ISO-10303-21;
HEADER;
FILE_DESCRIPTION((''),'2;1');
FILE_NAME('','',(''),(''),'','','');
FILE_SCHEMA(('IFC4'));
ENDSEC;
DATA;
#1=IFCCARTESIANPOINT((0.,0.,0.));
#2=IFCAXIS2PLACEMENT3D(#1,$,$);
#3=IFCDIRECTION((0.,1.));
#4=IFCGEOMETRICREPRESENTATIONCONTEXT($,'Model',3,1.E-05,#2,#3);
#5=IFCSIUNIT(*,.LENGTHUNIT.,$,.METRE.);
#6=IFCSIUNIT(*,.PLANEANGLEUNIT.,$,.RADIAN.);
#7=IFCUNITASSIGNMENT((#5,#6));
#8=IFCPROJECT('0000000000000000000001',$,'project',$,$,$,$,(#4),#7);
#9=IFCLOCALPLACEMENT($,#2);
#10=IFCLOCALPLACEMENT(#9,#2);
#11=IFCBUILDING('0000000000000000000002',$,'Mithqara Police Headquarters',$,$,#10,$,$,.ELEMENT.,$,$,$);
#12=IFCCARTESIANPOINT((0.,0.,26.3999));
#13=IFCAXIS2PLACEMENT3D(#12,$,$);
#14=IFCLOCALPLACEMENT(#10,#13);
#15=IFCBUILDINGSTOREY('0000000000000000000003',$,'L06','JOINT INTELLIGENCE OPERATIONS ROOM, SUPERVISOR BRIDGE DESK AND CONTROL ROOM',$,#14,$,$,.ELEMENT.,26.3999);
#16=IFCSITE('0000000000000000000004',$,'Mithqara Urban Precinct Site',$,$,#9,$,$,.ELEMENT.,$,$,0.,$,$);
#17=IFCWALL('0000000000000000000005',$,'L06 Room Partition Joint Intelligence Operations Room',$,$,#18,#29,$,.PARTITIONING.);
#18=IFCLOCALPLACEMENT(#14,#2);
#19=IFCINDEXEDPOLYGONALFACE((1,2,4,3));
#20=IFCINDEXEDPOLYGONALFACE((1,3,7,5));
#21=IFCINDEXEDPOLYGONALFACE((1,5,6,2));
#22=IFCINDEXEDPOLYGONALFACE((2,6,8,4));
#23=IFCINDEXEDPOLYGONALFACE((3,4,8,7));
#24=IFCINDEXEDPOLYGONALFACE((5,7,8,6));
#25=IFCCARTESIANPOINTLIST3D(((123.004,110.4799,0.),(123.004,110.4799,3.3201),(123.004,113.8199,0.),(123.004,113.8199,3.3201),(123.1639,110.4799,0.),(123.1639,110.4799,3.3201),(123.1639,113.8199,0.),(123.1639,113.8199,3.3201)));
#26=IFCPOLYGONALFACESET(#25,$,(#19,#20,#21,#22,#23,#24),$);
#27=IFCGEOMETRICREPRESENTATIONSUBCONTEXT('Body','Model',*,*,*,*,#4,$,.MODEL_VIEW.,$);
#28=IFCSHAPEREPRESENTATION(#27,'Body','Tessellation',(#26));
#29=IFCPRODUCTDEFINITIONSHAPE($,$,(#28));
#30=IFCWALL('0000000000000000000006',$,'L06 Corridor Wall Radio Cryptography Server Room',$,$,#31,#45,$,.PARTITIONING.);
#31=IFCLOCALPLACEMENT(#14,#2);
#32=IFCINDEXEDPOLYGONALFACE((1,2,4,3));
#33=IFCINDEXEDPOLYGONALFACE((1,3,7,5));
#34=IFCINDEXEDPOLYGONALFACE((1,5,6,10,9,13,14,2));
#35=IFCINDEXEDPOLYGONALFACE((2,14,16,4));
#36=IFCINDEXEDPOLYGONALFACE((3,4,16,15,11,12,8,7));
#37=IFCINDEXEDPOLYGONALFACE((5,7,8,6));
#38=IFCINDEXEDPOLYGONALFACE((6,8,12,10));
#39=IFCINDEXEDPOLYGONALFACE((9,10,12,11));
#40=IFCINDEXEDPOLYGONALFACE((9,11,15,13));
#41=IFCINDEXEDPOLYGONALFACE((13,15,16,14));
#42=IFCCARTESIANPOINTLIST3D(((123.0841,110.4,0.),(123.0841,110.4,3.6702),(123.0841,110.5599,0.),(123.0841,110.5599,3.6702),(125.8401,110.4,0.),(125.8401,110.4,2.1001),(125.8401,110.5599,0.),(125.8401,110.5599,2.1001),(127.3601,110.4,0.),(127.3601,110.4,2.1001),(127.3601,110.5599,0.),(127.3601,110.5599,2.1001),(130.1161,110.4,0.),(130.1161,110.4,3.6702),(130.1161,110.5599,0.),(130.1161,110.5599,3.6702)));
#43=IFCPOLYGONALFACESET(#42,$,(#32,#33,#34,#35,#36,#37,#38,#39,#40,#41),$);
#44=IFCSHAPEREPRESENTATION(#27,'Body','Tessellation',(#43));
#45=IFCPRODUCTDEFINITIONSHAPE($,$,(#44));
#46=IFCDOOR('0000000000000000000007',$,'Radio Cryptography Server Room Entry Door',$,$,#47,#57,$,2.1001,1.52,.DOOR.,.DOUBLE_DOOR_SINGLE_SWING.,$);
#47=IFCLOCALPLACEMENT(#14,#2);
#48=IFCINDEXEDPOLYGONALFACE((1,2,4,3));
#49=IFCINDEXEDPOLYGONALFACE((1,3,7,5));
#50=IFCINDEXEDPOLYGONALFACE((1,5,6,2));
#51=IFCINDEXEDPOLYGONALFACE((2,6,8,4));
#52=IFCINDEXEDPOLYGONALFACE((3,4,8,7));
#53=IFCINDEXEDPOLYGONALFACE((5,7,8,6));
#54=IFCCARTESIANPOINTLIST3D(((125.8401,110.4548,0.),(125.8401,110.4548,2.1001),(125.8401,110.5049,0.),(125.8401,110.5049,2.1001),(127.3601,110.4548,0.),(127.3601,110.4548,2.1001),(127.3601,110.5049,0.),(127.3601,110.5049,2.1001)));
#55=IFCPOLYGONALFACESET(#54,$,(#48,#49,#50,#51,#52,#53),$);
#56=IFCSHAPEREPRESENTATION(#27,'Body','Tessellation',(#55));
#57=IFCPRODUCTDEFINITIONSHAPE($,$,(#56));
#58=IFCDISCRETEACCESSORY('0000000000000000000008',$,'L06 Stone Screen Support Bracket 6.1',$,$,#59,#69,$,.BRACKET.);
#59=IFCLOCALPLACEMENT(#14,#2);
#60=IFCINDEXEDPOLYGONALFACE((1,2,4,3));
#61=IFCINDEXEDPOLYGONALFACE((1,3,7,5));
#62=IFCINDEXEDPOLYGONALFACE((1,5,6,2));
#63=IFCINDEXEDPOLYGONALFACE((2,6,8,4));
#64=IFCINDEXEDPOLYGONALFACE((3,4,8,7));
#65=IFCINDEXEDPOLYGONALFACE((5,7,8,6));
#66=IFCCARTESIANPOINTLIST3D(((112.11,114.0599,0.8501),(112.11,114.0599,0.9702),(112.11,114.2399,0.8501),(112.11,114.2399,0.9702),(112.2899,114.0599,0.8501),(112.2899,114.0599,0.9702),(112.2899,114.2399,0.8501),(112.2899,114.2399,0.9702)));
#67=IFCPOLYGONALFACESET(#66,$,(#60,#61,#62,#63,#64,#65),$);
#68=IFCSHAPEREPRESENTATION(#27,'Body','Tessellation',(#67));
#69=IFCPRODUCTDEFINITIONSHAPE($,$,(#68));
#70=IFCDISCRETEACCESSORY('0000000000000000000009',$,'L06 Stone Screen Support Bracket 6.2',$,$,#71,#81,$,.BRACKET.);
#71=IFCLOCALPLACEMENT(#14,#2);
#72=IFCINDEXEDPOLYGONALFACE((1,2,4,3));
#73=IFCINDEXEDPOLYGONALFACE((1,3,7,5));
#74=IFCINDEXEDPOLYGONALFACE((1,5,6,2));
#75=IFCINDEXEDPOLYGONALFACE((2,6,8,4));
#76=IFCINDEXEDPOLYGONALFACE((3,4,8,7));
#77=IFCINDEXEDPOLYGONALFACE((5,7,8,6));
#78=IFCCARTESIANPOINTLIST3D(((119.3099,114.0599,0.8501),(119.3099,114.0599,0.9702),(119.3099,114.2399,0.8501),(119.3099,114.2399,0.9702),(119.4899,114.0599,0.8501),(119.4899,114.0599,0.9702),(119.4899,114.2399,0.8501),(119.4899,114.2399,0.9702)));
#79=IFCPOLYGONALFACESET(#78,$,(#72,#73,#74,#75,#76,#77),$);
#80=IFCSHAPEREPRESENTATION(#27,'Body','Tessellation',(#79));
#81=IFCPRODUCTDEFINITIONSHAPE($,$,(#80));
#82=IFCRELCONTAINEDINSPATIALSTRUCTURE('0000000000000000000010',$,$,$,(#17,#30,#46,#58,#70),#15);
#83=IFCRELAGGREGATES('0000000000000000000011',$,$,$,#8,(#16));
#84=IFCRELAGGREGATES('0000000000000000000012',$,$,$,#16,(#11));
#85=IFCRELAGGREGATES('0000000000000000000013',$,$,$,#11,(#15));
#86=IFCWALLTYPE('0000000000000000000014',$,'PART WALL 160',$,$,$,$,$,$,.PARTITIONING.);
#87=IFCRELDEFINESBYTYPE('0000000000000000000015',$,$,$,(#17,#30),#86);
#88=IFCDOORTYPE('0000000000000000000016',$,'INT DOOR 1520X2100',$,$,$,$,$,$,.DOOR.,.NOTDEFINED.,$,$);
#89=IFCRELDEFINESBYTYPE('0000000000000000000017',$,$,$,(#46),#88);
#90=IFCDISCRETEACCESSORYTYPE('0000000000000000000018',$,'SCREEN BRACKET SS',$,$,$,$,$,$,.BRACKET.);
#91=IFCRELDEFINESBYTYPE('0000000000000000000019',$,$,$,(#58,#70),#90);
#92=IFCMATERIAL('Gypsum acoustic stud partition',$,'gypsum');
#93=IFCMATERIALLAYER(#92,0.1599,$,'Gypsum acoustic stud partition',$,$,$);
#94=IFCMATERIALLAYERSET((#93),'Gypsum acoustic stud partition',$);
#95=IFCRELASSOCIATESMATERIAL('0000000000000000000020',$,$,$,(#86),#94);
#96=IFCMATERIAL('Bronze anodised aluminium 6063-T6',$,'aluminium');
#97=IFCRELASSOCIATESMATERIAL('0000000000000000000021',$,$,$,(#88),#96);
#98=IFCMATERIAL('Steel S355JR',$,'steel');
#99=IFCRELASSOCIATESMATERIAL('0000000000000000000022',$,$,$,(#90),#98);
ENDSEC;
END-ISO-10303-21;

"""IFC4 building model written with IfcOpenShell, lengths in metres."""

from ifc_helpers import new_model, si_unit, direction, frame, frame_2d, origin, origin_2d, place, context, subcontext, project, spatial, rectangle, extrude, material, layer, layer_set, type_object, element, fill, save


model = new_model("IFC4")

# Units and contexts
model_context = context("Model", 3, precision=1e-05, world=origin(), true_north=direction((0.0, 1.0)))
body_context = subcontext(model_context, "Body", "Model", "MODEL_VIEW")
ifc_project = project(units=[si_unit("LENGTHUNIT", "METRE"), si_unit("PLANEANGLEUNIT", "RADIAN")], contexts=[model_context])

# Site, building, storey
site_placement = place(None, origin())
site = spatial("IfcSite", under=ifc_project, at=site_placement, Name="Mithqara Urban Precinct Site", CompositionType="ELEMENT", RefElevation=0.0)
building_placement = place(site_placement, origin())
building = spatial("IfcBuilding", under=site, at=building_placement, Name="Mithqara Police Headquarters", CompositionType="ELEMENT")
storey_placement = place(building_placement, frame((0.0, 0.0, 26.3999)))
storey = spatial("IfcBuildingStorey", under=building, at=storey_placement, Name="L06", Description="JOINT INTELLIGENCE OPERATIONS ROOM, SUPERVISOR BRIDGE DESK AND CONTROL ROOM", CompositionType="ELEMENT", Elevation=26.3999)

# Shared definitions
ifc_material_1 = material(Name="Steel S355JR", Category="steel")

# Shared definitions
ifc_material_2 = material(Name="Gypsum acoustic stud partition", Category="gypsum")
ifc_layer_1 = layer(ifc_material_2, 0.1599, Name="Gypsum acoustic stud partition")
ifc_layer_set_1 = layer_set([ifc_layer_1], Name="Gypsum acoustic stud partition")
wall_type = type_object("IfcWallType", Name="PART WALL 160", PredefinedType="PARTITIONING", material=ifc_layer_set_1)

# Shared definitions
ifc_material_3 = material(Name="Bronze anodised aluminium 6063-T6", Category="aluminium")

# Wall
wall_1_placement = place(storey_placement, frame((123.084, 110.48, 0.0), z_axis=(0.0, 0.0, 1.0), x_axis=(0.0, 1.0, 0.0)))
element("IfcWall", 1, at=wall_1_placement, inside=storey, type_object=wall_type, Name="L06 Room Partition Joint Intelligence Operations Room", PredefinedType="PARTITIONING", context=body_context, shape_type="SweptSolid", body=[
    extrude(rectangle(XDim=3.3401, YDim=0.1599, at=frame_2d((1.6699, 0.0))), origin(), (0.0, 0.0, 1.0), 3.3201),
])

# Wall, opening, door
wall_2_placement = place(storey_placement, frame((123.084, 110.48, 0.0), z_axis=(0.0, 0.0, 1.0), x_axis=(1.0, 0.0, 0.0)))
wall_2 = element("IfcWall", 2, at=wall_2_placement, inside=storey, type_object=wall_type, Name="L06 Corridor Wall Radio Cryptography Server Room", PredefinedType="PARTITIONING", context=body_context, shape_type="SweptSolid", body=[
    extrude(rectangle(XDim=7.032, YDim=0.1599, at=frame_2d((3.5161, 0.0))), origin(), (0.0, 0.0, 1.0), 3.6702),
])
opening_1_placement = place(wall_2_placement, frame((2.7561, 0.0, 0.0)))
opening_1 = element("IfcOpeningElement", 3, at=opening_1_placement, cuts=wall_2, PredefinedType="OPENING", context=body_context, shape_type="SweptSolid", body=[
    extrude(rectangle(XDim=1.52, YDim=2.1001, at=frame_2d((0.76, 1.05))), frame((0.0, 0.0898, 0.0), z_axis=(0.0, -1.0, 0.0), x_axis=(1.0, 0.0, 0.0)), (0.0, 0.0, 1.0), 0.1799),
])
door_type_1 = type_object("IfcDoorType", Name="INT DOOR 1520X2100", OperationType="NOTDEFINED", PredefinedType="DOOR", material=ifc_material_3)
door_1_placement = place(opening_1_placement, origin())
door_1 = element("IfcDoor", 4, at=door_1_placement, inside=storey, type_object=door_type_1, Name="Radio Cryptography Server Room Entry Door", OperationType="DOUBLE_DOOR_SINGLE_SWING", OverallHeight=2.1001, OverallWidth=1.52, PredefinedType="DOOR", context=body_context, shape_type="SweptSolid", body=[
    extrude(rectangle(XDim=1.52, YDim=2.1001, at=frame_2d((0.76, 1.05))), frame((0.0, 0.0249, 0.0), z_axis=(0.0, -1.0, 0.0), x_axis=(1.0, 0.0, 0.0)), (0.0, 0.0, 1.0), 0.05),
])
fill(opening_1, door_1)

# Discrete accessories
discrete_accessory_type = type_object("IfcDiscreteAccessoryType", Name="SCREEN BRACKET SS", PredefinedType="BRACKET", material=ifc_material_1)
for number, where, z_axis, x_axis, name in (
    (5, (112.2, 114.1499, 0.8501), (0.0, 0.0, 1.0), (1.0, 0.0, 0.0), "L06 Stone Screen Support Bracket 6.1"),
    (6, (119.3999, 114.1499, 0.8501), (0.0, 0.0, 1.0), (1.0, 0.0, 0.0), "L06 Stone Screen Support Bracket 6.2"),
):
    element("IfcDiscreteAccessory", number, at=place(storey_placement, frame(where, z_axis=z_axis, x_axis=x_axis)), inside=storey, type_object=discrete_accessory_type, Name=name, PredefinedType="BRACKET", context=body_context, shape_type="SweptSolid", body=[
        extrude(rectangle(XDim=0.1799, YDim=0.1799, at=origin_2d()), origin(), (0.0, 0.0, 1.0), 0.1201),
    ])

save(model, "model.ifc")
